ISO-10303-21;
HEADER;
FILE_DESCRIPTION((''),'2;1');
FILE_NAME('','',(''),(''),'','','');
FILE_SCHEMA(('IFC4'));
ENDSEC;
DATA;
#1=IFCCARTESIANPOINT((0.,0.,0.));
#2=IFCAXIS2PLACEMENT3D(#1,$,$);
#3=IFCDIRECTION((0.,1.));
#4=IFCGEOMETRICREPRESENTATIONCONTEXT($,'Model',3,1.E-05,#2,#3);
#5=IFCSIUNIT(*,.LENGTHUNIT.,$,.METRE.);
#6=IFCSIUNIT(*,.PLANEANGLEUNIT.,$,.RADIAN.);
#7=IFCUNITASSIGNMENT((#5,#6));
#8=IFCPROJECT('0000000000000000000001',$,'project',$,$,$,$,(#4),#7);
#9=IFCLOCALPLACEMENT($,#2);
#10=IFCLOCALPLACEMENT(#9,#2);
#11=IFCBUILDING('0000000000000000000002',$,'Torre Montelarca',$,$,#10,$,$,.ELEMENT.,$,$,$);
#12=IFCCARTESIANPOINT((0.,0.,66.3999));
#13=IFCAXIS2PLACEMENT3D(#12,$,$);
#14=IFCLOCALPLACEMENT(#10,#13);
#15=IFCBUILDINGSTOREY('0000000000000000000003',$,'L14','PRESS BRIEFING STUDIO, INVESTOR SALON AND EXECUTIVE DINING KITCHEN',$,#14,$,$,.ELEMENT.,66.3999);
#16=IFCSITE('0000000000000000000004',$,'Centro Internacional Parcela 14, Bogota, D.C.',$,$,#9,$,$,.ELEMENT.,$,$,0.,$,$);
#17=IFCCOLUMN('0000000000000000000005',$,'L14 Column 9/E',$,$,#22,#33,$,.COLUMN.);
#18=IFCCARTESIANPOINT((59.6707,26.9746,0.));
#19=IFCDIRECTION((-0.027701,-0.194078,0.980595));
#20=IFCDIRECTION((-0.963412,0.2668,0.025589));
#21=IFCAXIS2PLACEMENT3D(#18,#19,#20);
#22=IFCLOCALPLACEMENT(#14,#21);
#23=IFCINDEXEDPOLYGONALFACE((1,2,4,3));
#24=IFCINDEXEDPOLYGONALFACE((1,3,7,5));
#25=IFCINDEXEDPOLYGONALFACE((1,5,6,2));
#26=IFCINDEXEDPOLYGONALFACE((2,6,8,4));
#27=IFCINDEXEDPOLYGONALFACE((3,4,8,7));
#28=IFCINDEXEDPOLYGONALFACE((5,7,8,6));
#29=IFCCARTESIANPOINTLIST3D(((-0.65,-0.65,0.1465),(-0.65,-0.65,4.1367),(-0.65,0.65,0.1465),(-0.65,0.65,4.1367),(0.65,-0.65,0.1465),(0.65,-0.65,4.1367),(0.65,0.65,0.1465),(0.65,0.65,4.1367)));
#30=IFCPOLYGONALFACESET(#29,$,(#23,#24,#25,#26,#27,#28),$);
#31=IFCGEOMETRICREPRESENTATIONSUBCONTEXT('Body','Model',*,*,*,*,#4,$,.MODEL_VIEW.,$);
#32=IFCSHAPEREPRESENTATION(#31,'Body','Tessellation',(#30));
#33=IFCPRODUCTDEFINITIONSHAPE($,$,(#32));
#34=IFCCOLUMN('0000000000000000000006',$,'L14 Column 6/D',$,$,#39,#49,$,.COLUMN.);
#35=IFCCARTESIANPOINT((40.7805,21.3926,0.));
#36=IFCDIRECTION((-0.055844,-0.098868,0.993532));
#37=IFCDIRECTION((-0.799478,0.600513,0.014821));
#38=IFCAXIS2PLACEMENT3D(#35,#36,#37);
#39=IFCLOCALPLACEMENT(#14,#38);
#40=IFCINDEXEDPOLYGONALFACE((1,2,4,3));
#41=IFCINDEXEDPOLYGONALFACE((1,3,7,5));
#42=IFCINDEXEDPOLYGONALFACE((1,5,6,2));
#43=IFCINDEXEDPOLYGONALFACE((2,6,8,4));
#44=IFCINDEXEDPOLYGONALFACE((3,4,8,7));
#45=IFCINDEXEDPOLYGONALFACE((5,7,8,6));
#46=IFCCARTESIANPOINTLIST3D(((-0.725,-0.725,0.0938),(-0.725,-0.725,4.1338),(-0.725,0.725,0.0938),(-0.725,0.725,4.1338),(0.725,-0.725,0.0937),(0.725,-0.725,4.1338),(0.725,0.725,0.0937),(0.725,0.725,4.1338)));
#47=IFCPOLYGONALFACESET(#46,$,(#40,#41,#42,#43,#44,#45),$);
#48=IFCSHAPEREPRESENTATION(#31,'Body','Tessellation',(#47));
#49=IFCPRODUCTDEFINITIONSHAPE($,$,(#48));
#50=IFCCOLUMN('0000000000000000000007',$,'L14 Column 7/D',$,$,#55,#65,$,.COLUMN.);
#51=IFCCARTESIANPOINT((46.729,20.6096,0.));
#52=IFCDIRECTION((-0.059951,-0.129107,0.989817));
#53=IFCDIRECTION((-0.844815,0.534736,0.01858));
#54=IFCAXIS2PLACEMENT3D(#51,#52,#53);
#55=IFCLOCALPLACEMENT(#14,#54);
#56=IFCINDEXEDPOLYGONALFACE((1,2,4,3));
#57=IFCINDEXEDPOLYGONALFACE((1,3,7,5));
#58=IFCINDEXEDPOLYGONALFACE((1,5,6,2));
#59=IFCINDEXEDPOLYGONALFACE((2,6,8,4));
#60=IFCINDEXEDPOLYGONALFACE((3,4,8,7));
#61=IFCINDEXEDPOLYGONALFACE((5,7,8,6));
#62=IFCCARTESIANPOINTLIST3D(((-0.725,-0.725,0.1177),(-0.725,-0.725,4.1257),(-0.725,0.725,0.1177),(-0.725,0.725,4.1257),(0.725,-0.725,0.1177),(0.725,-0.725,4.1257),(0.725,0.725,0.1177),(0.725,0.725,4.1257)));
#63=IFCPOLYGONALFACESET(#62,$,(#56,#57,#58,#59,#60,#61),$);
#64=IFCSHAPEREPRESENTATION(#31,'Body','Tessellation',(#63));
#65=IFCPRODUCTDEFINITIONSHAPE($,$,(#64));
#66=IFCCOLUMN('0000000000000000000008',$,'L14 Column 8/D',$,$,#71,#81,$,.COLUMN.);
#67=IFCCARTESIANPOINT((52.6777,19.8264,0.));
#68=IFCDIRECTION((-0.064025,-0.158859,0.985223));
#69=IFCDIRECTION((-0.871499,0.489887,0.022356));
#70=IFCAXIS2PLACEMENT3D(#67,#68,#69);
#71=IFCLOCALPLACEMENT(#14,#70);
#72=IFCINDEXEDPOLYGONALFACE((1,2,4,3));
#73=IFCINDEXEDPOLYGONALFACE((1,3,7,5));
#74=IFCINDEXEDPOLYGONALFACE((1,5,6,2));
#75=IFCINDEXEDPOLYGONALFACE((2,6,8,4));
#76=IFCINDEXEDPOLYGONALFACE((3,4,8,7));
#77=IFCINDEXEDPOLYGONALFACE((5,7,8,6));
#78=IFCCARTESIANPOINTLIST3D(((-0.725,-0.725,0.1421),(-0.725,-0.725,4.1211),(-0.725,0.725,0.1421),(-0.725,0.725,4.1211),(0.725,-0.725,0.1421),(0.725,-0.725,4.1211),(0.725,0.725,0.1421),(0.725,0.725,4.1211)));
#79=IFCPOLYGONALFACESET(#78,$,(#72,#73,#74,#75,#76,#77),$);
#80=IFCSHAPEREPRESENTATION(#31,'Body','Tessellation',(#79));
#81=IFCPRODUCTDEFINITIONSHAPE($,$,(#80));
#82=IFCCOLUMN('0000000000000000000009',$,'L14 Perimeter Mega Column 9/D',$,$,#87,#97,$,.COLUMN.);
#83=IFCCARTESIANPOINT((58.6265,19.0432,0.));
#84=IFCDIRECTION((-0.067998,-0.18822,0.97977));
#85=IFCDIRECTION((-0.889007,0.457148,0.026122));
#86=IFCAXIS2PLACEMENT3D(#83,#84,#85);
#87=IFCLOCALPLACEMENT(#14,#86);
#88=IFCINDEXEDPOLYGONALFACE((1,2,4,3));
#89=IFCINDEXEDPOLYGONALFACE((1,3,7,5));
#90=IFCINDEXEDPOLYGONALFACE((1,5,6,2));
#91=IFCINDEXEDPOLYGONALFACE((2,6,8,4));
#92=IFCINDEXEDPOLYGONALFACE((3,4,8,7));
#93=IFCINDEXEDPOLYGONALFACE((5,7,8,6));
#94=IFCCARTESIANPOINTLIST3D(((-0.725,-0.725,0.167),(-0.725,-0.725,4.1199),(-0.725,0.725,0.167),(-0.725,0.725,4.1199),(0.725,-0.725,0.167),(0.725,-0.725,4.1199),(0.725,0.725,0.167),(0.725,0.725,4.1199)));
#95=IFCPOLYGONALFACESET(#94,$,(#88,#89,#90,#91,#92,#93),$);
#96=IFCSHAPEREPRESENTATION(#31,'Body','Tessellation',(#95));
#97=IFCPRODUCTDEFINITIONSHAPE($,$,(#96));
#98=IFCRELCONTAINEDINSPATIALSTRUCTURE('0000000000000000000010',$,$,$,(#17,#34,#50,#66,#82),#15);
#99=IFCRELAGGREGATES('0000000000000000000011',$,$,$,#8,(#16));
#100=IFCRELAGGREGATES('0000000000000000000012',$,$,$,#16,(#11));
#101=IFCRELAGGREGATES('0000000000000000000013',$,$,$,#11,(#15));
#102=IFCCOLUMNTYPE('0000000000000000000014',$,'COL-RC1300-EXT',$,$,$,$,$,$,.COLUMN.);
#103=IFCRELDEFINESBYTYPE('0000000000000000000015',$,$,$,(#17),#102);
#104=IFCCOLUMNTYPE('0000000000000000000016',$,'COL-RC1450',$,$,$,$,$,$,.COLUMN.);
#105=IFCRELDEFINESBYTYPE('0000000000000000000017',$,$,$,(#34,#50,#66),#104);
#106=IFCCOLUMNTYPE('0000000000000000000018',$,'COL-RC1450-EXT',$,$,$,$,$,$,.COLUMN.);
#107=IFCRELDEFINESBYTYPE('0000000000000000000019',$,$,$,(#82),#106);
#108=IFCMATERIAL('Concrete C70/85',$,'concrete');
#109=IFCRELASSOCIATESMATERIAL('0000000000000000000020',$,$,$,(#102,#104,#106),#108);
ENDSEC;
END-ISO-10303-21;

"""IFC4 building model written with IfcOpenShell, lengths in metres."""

from ifc_helpers import new_model, si_unit, direction, frame, origin, origin_2d, place, context, subcontext, project, spatial, rectangle, extrude, clip, halfspace, material, material_profile, profile_set, type_object, element, save


model = new_model("IFC4")

# Units and contexts
model_context = context("Model", 3, precision=1e-05, world=origin(), true_north=direction((0.0, 1.0)))
body_context = subcontext(model_context, "Body", "Model", "MODEL_VIEW")
ifc_project = project(units=[si_unit("LENGTHUNIT", "METRE"), si_unit("PLANEANGLEUNIT", "RADIAN")], contexts=[model_context])

# Site, building, storey
site_placement = place(None, origin())
site = spatial("IfcSite", under=ifc_project, at=site_placement, Name="Centro Internacional Parcela 14, Bogota, D.C.", CompositionType="ELEMENT", RefElevation=0.0)
building_placement = place(site_placement, origin())
building = spatial("IfcBuilding", under=site, at=building_placement, Name="Torre Montelarca", CompositionType="ELEMENT")
storey_placement = place(building_placement, frame((0.0, 0.0, 66.3999)))
storey = spatial("IfcBuildingStorey", under=building, at=storey_placement, Name="L14", Description="PRESS BRIEFING STUDIO, INVESTOR SALON AND EXECUTIVE DINING KITCHEN", CompositionType="ELEMENT", Elevation=66.3999)

# Columns
ifc_material_1 = material(Name="Concrete C70/85", Category="concrete")
ifc_material_profile_1 = material_profile(ifc_material_1, rectangle(XDim=1.3, YDim=1.3, at=origin_2d()), Name="RC1300X1300", Category="concrete")
ifc_profile_set_1 = profile_set([ifc_material_profile_1], Name="Concrete C70/85")
column_type_1 = type_object("IfcColumnType", Name="COL-RC1300-EXT", PredefinedType="COLUMN", material=ifc_profile_set_1)
column_1_placement = place(storey_placement, frame((59.6707, 26.9746, 0.0), z_axis=(-0.027701, -0.194078, 0.980595), x_axis=(-0.963412, 0.2668, 0.025589)))
element("IfcColumn", 1, at=column_1_placement, inside=storey, type_object=column_type_1, Name="L14 Column 9/E", PredefinedType="COLUMN", context=body_context, shape_type="Clipping", body=[
    clip(clip(extrude(rectangle(XDim=1.3, YDim=1.3, at=origin_2d()), origin(), (0.0, 0.0, 1.0), 4.2832), halfspace(frame((0.0, 0.0, 0.1465), z_axis=(0.0, 0.0, -1.0), x_axis=(1.0, 0.0, 0.0)), False)), halfspace(frame((0.0, 0.0, 4.1367), z_axis=(0.0, 0.0, 1.0), x_axis=(1.0, 0.0, 0.0)), False)),
])
ifc_material_profile_2 = material_profile(ifc_material_1, rectangle(XDim=1.45, YDim=1.45, at=origin_2d()), Name="RC1450X1450", Category="concrete")
ifc_profile_set_2 = profile_set([ifc_material_profile_2], Name="Concrete C70/85")
column_type_2 = type_object("IfcColumnType", Name="COL-RC1450", PredefinedType="COLUMN", material=ifc_profile_set_2)
column_2_placement = place(storey_placement, frame((40.7805, 21.3926, 0.0), z_axis=(-0.055844, -0.098868, 0.993532), x_axis=(-0.799478, 0.600513, 0.014821)))
element("IfcColumn", 2, at=column_2_placement, inside=storey, type_object=column_type_2, Name="L14 Column 6/D", PredefinedType="COLUMN", context=body_context, shape_type="Clipping", body=[
    clip(clip(extrude(rectangle(XDim=1.45, YDim=1.45, at=origin_2d()), origin(), (0.0, 0.0, 1.0), 4.2275), halfspace(frame((0.0, 0.0, 0.0938), z_axis=(0.0, 0.0, -1.0), x_axis=(1.0, 0.0, 0.0)), False)), halfspace(frame((0.0, 0.0, 4.1338), z_axis=(0.0, 0.0, 1.0), x_axis=(1.0, 0.0, 0.0)), False)),
])
column_3_placement = place(storey_placement, frame((46.729, 20.6096, 0.0), z_axis=(-0.059951, -0.129107, 0.989817), x_axis=(-0.844815, 0.534736, 0.01858)))
element("IfcColumn", 3, at=column_3_placement, inside=storey, type_object=column_type_2, Name="L14 Column 7/D", PredefinedType="COLUMN", context=body_context, shape_type="Clipping", body=[
    clip(clip(extrude(rectangle(XDim=1.45, YDim=1.45, at=origin_2d()), origin(), (0.0, 0.0, 1.0), 4.2434), halfspace(frame((0.0, 0.0, 0.1177), z_axis=(0.0, 0.0, -1.0), x_axis=(1.0, 0.0, 0.0)), False)), halfspace(frame((0.0, 0.0, 4.1257), z_axis=(0.0, 0.0, 1.0), x_axis=(1.0, 0.0, 0.0)), False)),
])
column_4_placement = place(storey_placement, frame((52.6777, 19.8264, 0.0), z_axis=(-0.064025, -0.158859, 0.985223), x_axis=(-0.871499, 0.489887, 0.022356)))
element("IfcColumn", 4, at=column_4_placement, inside=storey, type_object=column_type_2, Name="L14 Column 8/D", PredefinedType="COLUMN", context=body_context, shape_type="Clipping", body=[
    clip(clip(extrude(rectangle(XDim=1.45, YDim=1.45, at=origin_2d()), origin(), (0.0, 0.0, 1.0), 4.2632), halfspace(frame((0.0, 0.0, 0.1421), z_axis=(0.0, 0.0, -1.0), x_axis=(1.0, 0.0, 0.0)), False)), halfspace(frame((0.0, 0.0, 4.1211), z_axis=(0.0, 0.0, 1.0), x_axis=(1.0, 0.0, 0.0)), False)),
])
ifc_material_profile_3 = material_profile(ifc_material_1, rectangle(XDim=1.45, YDim=1.45, at=origin_2d()), Name="RC1450X1450", Category="concrete")
ifc_profile_set_3 = profile_set([ifc_material_profile_3], Name="Concrete C70/85")
column_type_3 = type_object("IfcColumnType", Name="COL-RC1450-EXT", PredefinedType="COLUMN", material=ifc_profile_set_3)
column_5_placement = place(storey_placement, frame((58.6265, 19.0432, 0.0), z_axis=(-0.067998, -0.18822, 0.97977), x_axis=(-0.889007, 0.457148, 0.026122)))
element("IfcColumn", 5, at=column_5_placement, inside=storey, type_object=column_type_3, Name="L14 Perimeter Mega Column 9/D", PredefinedType="COLUMN", context=body_context, shape_type="Clipping", body=[
    clip(clip(extrude(rectangle(XDim=1.45, YDim=1.45, at=origin_2d()), origin(), (0.0, 0.0, 1.0), 4.2869), halfspace(frame((0.0, 0.0, 0.167), z_axis=(0.0, 0.0, -1.0), x_axis=(1.0, 0.0, 0.0)), False)), halfspace(frame((0.0, 0.0, 4.1199), z_axis=(0.0, 0.0, 1.0), x_axis=(1.0, 0.0, 0.0)), False)),
])

save(model, "model.ifc")
